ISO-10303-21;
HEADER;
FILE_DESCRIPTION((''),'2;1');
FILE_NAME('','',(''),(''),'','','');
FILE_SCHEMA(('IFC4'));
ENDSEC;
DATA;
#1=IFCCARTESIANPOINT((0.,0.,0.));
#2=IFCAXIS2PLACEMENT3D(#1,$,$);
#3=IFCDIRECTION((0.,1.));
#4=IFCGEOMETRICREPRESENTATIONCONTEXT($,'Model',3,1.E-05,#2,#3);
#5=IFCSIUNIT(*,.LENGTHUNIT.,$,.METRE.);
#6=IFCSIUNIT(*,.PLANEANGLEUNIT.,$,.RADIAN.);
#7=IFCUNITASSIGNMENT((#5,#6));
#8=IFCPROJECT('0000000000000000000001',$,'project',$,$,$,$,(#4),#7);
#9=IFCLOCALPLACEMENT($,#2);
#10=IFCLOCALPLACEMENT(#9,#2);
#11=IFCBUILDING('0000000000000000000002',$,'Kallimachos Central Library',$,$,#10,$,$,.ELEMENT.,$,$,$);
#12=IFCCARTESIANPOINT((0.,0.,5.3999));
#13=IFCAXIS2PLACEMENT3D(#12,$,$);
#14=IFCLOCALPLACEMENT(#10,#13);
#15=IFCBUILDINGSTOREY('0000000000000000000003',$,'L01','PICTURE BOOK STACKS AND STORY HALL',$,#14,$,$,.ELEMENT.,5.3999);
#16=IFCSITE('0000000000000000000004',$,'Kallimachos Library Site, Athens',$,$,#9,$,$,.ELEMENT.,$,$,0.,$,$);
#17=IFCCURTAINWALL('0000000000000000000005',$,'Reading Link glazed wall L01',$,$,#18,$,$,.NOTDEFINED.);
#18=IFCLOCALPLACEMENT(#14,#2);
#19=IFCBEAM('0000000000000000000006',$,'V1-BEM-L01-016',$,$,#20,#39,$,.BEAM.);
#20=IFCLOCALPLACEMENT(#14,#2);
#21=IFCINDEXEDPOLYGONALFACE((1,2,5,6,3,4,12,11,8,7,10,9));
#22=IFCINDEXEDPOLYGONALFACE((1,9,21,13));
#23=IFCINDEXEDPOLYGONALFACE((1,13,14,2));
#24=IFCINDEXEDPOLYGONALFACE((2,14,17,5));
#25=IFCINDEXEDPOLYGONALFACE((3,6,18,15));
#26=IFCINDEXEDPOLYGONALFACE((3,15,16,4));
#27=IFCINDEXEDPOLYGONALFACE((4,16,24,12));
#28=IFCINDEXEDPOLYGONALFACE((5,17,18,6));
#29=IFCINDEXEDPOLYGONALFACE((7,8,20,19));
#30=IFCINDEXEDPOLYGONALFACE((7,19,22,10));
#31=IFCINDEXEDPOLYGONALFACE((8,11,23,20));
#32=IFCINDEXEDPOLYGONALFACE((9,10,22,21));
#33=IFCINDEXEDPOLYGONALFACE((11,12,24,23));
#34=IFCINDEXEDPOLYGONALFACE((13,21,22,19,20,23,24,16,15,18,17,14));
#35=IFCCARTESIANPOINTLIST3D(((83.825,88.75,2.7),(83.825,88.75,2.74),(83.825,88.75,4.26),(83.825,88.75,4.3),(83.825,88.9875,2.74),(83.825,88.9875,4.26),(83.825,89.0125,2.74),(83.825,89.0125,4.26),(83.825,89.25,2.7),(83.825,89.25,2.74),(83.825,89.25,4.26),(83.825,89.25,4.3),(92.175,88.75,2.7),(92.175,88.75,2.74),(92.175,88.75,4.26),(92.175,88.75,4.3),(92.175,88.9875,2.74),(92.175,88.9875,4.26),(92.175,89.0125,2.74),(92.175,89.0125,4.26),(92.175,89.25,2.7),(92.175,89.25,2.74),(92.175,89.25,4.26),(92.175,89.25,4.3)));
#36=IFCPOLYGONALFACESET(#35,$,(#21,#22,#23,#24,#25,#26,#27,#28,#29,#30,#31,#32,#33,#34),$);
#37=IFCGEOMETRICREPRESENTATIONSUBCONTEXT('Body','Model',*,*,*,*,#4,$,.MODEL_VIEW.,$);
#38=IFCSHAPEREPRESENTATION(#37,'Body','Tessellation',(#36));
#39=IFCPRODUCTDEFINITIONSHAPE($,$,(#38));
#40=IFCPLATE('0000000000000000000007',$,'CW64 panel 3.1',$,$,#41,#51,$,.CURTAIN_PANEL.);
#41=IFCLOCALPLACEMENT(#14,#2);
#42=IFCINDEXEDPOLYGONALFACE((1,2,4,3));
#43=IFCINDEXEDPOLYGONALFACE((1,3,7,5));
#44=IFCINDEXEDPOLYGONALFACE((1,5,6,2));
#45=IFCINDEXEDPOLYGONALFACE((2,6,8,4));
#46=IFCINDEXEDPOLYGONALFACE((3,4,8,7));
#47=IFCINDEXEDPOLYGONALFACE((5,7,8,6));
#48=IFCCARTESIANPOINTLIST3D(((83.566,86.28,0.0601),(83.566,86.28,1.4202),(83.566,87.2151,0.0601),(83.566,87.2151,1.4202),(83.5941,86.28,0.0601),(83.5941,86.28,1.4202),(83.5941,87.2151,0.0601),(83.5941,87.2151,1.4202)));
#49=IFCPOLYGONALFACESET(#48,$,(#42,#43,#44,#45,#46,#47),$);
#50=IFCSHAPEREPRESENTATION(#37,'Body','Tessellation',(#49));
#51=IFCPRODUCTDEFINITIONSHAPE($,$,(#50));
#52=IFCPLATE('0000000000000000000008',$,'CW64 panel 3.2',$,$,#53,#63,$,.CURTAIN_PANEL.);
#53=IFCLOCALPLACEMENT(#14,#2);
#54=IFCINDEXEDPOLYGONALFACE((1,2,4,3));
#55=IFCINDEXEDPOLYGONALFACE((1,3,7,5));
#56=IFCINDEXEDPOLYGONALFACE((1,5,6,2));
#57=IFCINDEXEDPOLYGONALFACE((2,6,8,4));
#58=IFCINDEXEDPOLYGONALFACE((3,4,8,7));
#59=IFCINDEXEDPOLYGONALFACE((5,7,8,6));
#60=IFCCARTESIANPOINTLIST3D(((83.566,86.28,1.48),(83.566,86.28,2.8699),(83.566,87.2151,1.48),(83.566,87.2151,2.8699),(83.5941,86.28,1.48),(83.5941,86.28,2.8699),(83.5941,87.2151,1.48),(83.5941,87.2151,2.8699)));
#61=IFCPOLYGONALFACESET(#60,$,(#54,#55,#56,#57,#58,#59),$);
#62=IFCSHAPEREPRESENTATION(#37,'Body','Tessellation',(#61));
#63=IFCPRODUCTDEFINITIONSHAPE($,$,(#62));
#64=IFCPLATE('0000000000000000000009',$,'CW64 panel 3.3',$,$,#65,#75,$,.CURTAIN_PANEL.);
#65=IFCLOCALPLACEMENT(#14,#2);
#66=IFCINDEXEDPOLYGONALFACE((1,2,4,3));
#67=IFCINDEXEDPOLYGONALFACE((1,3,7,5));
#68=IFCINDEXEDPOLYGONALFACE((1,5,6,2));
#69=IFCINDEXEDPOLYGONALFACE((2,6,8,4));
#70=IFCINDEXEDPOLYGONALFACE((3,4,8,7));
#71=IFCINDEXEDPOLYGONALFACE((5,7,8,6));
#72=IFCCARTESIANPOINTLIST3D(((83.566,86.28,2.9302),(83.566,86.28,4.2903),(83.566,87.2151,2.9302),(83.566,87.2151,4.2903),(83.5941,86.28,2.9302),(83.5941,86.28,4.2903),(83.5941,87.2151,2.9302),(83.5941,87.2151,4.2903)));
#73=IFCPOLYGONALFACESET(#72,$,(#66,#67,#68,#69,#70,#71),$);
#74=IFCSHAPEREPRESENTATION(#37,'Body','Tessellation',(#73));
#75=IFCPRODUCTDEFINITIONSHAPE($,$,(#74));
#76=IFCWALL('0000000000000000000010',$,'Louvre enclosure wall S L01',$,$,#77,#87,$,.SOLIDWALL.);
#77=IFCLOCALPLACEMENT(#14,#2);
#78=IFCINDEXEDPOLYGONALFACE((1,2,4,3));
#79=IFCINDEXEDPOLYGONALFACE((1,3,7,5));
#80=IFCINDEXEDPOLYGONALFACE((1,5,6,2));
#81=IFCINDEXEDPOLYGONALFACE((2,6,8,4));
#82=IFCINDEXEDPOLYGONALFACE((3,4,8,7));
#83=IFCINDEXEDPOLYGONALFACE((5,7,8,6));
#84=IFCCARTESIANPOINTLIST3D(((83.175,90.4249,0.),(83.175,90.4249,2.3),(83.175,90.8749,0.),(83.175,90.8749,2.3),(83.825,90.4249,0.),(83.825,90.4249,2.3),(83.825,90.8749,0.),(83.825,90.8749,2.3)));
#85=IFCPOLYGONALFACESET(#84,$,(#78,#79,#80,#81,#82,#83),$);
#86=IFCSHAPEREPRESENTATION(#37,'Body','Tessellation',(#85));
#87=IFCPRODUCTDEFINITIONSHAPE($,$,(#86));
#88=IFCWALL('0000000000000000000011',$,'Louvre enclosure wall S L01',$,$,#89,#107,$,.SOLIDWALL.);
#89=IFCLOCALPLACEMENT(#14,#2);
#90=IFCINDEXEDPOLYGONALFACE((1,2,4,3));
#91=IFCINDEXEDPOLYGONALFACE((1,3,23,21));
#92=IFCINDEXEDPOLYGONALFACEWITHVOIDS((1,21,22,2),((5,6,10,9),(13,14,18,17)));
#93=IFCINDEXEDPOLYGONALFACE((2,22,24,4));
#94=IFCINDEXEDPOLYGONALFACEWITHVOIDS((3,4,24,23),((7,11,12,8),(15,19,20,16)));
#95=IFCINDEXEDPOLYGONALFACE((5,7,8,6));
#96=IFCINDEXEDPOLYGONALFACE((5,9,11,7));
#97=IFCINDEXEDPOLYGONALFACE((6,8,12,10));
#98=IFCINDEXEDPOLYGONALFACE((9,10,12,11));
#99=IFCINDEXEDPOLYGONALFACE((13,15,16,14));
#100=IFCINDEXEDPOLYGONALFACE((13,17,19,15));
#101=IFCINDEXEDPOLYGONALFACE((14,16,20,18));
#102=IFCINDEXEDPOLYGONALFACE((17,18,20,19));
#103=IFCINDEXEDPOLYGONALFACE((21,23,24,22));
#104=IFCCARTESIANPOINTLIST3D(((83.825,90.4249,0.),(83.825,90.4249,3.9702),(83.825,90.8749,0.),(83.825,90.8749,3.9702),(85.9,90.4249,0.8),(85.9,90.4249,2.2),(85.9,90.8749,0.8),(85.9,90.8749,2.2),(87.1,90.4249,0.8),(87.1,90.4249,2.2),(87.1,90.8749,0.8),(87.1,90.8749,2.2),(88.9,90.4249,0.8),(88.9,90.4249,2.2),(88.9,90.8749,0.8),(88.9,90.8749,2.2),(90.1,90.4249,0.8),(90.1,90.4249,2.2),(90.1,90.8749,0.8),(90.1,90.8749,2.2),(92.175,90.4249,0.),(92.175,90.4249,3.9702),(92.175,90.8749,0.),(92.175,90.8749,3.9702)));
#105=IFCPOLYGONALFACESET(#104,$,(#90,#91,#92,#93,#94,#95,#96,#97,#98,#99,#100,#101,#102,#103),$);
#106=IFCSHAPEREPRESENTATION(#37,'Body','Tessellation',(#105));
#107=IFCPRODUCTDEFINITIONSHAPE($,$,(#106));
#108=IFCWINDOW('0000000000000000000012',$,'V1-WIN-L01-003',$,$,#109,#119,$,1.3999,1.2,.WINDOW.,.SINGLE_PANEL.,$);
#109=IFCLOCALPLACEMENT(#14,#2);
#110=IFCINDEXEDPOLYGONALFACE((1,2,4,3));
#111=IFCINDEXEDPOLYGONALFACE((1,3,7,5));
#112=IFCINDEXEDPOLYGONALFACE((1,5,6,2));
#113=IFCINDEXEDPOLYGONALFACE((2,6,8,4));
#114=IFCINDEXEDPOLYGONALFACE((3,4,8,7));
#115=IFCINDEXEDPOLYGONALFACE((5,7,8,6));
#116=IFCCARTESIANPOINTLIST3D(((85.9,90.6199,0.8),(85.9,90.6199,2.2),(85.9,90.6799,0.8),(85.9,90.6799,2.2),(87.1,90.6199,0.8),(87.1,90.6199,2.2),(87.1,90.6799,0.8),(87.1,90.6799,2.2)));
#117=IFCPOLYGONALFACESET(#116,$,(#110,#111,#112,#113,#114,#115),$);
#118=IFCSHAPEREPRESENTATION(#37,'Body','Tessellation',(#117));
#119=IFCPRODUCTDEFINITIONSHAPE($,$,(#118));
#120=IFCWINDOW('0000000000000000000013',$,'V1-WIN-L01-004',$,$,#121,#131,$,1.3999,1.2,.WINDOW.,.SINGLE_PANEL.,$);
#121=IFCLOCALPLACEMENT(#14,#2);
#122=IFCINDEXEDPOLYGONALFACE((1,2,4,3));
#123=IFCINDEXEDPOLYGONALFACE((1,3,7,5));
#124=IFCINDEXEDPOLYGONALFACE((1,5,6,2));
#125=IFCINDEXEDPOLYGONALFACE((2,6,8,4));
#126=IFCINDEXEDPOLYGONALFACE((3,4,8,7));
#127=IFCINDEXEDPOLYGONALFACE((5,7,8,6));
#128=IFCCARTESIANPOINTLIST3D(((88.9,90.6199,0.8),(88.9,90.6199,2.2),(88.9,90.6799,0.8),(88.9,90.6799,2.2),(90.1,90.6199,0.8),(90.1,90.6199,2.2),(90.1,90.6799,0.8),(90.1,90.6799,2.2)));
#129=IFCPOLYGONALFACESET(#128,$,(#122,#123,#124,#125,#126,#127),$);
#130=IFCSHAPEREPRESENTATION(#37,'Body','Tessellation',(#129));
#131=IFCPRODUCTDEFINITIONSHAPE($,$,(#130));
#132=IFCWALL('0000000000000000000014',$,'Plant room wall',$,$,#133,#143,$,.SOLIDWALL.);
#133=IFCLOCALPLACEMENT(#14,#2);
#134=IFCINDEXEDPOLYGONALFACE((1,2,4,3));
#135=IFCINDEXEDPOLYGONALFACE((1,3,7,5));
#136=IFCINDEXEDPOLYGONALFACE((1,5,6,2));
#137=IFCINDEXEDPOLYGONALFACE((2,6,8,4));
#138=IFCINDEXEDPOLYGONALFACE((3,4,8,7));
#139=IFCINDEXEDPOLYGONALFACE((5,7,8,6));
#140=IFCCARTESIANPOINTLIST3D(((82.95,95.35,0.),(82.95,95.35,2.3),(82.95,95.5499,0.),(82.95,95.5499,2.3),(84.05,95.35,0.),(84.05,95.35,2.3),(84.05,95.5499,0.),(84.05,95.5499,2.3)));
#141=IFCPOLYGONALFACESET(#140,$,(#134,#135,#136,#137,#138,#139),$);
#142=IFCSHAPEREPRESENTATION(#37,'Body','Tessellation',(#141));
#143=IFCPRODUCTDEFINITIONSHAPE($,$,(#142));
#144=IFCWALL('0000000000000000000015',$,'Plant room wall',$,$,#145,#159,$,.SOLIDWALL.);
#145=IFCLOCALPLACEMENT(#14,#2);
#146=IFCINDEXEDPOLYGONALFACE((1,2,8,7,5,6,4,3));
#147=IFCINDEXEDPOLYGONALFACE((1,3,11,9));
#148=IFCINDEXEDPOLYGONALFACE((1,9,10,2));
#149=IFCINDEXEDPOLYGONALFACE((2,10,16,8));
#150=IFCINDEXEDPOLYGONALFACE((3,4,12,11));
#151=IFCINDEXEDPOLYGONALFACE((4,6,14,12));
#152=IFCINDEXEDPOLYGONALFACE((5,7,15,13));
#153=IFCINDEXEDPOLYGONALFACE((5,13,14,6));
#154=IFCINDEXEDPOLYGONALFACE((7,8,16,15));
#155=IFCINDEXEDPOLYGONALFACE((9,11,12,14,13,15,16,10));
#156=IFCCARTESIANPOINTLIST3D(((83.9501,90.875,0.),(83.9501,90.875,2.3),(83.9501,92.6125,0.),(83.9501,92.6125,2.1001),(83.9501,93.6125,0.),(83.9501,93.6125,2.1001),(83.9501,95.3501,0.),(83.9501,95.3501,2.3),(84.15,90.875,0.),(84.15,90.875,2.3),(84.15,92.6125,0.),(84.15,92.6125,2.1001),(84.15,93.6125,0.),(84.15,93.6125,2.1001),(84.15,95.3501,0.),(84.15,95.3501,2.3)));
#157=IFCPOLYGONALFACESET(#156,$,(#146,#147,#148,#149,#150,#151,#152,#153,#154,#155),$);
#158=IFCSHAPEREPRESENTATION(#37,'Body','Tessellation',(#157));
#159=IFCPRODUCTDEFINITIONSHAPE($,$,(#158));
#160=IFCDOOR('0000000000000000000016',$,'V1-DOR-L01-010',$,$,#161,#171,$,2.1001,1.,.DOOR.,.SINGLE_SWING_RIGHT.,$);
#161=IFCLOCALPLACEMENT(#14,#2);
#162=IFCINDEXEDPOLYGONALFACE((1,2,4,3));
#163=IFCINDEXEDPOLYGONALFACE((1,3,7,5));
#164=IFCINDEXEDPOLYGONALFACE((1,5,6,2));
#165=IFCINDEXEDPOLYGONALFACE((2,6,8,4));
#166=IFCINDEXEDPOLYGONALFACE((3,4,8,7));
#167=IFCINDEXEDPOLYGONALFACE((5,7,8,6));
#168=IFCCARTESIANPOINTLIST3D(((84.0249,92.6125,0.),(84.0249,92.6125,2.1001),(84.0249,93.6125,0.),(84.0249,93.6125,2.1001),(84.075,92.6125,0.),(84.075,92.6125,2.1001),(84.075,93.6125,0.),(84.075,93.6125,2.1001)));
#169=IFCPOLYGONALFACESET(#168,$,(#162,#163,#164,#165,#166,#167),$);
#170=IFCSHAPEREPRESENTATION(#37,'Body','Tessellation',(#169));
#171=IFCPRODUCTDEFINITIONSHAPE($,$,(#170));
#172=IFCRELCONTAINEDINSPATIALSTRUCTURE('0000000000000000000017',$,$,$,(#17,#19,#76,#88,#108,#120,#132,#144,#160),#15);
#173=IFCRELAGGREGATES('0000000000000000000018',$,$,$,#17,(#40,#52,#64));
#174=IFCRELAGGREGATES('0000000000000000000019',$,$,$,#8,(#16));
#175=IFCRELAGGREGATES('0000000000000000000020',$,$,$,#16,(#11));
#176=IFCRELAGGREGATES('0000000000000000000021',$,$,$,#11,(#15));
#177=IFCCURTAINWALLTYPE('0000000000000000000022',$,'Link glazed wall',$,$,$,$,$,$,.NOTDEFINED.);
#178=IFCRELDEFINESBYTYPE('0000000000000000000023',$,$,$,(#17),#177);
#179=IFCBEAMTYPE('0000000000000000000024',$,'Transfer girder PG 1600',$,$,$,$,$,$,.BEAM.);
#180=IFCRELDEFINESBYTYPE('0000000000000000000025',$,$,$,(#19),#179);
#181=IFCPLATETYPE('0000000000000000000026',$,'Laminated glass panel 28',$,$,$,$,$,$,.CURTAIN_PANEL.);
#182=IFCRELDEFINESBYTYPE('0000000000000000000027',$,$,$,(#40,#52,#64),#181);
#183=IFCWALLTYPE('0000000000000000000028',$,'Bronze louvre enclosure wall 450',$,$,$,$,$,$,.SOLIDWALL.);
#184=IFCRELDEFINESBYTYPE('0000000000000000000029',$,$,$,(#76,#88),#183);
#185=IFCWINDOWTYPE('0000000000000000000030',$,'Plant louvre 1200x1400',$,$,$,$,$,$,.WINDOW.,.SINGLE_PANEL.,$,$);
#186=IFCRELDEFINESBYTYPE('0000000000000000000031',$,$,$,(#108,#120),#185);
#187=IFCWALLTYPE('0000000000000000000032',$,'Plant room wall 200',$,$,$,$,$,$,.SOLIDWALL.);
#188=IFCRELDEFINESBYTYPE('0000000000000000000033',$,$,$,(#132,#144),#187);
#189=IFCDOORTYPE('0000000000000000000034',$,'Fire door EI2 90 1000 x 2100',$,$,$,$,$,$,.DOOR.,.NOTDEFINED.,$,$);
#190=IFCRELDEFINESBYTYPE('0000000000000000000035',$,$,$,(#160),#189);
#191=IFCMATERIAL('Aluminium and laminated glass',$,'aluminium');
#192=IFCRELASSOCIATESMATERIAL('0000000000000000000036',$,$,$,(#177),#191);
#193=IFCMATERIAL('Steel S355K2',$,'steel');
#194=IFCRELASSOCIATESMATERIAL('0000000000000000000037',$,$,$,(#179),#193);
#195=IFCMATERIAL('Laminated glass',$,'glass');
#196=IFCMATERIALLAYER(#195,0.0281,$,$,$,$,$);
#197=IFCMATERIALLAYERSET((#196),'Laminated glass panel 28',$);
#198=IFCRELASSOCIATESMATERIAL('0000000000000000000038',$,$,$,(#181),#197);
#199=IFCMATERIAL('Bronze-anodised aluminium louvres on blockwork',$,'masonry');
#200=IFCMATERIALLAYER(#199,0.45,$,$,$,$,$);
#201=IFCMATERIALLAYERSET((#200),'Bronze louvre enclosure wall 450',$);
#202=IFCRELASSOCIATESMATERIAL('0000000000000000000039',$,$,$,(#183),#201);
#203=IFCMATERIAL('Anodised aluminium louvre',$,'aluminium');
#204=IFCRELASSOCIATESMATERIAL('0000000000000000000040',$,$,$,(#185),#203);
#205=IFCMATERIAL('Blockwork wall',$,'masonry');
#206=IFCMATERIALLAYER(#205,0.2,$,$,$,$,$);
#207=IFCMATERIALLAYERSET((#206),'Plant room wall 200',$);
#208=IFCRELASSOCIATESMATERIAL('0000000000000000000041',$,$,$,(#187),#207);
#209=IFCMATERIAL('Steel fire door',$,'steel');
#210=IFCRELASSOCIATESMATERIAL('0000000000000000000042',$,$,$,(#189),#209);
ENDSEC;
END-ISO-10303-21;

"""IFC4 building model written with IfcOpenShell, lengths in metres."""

from ifc_helpers import new_model, si_unit, direction, frame, frame_2d, origin, origin_2d, place, context, subcontext, project, spatial, rectangle, i_section, extrude, material, layer, layer_set, material_profile, profile_set, type_object, element, fill, aggregate, save


model = new_model("IFC4")

# Units and contexts
model_context = context("Model", 3, precision=1e-05, world=origin(), true_north=direction((0.0, 1.0)))
body_context = subcontext(model_context, "Body", "Model", "MODEL_VIEW")
ifc_project = project(units=[si_unit("LENGTHUNIT", "METRE"), si_unit("PLANEANGLEUNIT", "RADIAN")], contexts=[model_context])

# Site, building, storey
site_placement = place(None, origin())
site = spatial("IfcSite", under=ifc_project, at=site_placement, Name="Kallimachos Library Site, Athens", CompositionType="ELEMENT", RefElevation=0.0)
building_placement = place(site_placement, origin())
building = spatial("IfcBuilding", under=site, at=building_placement, Name="Kallimachos Central Library", CompositionType="ELEMENT")
storey_placement = place(building_placement, frame((0.0, 0.0, 5.3999)))
storey = spatial("IfcBuildingStorey", under=building, at=storey_placement, Name="L01", Description="PICTURE BOOK STACKS AND STORY HALL", CompositionType="ELEMENT", Elevation=5.3999)

# Curtain wall
ifc_material_1 = material(Name="Aluminium and laminated glass", Category="aluminium")
curtain_wall_type = type_object("IfcCurtainWallType", Name="Link glazed wall", PredefinedType="NOTDEFINED", material=ifc_material_1)
curtain_wall_placement = place(storey_placement, origin())
curtain_wall = element("IfcCurtainWall", 1, at=curtain_wall_placement, inside=storey, type_object=curtain_wall_type, Name="Reading Link glazed wall L01", PredefinedType="NOTDEFINED")

# Beam
ifc_material_2 = material(Name="Steel S355K2", Category="steel")
ifc_material_profile_1 = material_profile(ifc_material_2, i_section(OverallWidth=0.5, OverallDepth=1.6001, WebThickness=0.0249, FlangeThickness=0.04, at=origin_2d()), Name="PG 1600x500-25/40")
ifc_profile_set_1 = profile_set([ifc_material_profile_1], Name="Steel S355K2")
beam_type_1 = type_object("IfcBeamType", Name="Transfer girder PG 1600", PredefinedType="BEAM", material=ifc_profile_set_1)
beam_1_placement = place(storey_placement, frame((83.825, 89.0, 3.5), z_axis=(1.0, 0.0, 0.0), x_axis=(0.0, 1.0, 0.0)))
element("IfcBeam", 2, at=beam_1_placement, inside=storey, type_object=beam_type_1, Name="V1-BEM-L01-016", PredefinedType="BEAM", context=body_context, shape_type="SweptSolid", body=[
    extrude(i_section(OverallWidth=0.5, OverallDepth=1.6001, WebThickness=0.0249, FlangeThickness=0.04, at=origin_2d()), origin(), (0.0, 0.0, 1.0), 8.3501),
])

# Plates
ifc_material_3 = material(Name="Laminated glass", Category="glass")
ifc_layer_1 = layer(ifc_material_3, 0.0281)
ifc_layer_set_1 = layer_set([ifc_layer_1], Name="Laminated glass panel 28")
plate_type = type_object("IfcPlateType", Name="Laminated glass panel 28", PredefinedType="CURTAIN_PANEL", material=ifc_layer_set_1)
plate_1_placement = place(storey_placement, frame((83.5801, 86.7476, 0.0601), z_axis=(0.0, 0.0, 1.0), x_axis=(0.0, 1.0, 0.0)))
plate_1 = element("IfcPlate", 3, at=plate_1_placement, type_object=plate_type, Name="CW64 panel 3.1", PredefinedType="CURTAIN_PANEL", context=body_context, shape_type="SweptSolid", body=[
    extrude(rectangle(XDim=0.9351, YDim=0.0281, at=origin_2d()), origin(), (0.0, 0.0, 1.0), 1.3601),
])
plate_2_placement = place(storey_placement, frame((83.5801, 86.7476, 1.48), z_axis=(0.0, 0.0, 1.0), x_axis=(0.0, 1.0, 0.0)))
plate_2 = element("IfcPlate", 4, at=plate_2_placement, type_object=plate_type, Name="CW64 panel 3.2", PredefinedType="CURTAIN_PANEL", context=body_context, shape_type="SweptSolid", body=[
    extrude(rectangle(XDim=0.9351, YDim=0.0281, at=origin_2d()), origin(), (0.0, 0.0, 1.0), 1.3899),
])
plate_3_placement = place(storey_placement, frame((83.5801, 86.7476, 2.9302), z_axis=(0.0, 0.0, 1.0), x_axis=(0.0, 1.0, 0.0)))
plate_3 = element("IfcPlate", 5, at=plate_3_placement, type_object=plate_type, Name="CW64 panel 3.3", PredefinedType="CURTAIN_PANEL", context=body_context, shape_type="SweptSolid", body=[
    extrude(rectangle(XDim=0.9351, YDim=0.0281, at=origin_2d()), origin(), (0.0, 0.0, 1.0), 1.3601),
])
aggregate(curtain_wall, [plate_1, plate_2, plate_3])

# Wall
ifc_material_4 = material(Name="Bronze-anodised aluminium louvres on blockwork", Category="masonry")
ifc_layer_2 = layer(ifc_material_4, 0.45)
ifc_layer_set_2 = layer_set([ifc_layer_2], Name="Bronze louvre enclosure wall 450")
wall_type_1 = type_object("IfcWallType", Name="Bronze louvre enclosure wall 450", PredefinedType="SOLIDWALL", material=ifc_layer_set_2)
wall_1_placement = place(storey_placement, frame((83.175, 90.6499, 0.0), z_axis=(0.0, 0.0, 1.0), x_axis=(1.0, 0.0, 0.0)))
element("IfcWall", 6, at=wall_1_placement, inside=storey, type_object=wall_type_1, Name="Louvre enclosure wall S L01", PredefinedType="SOLIDWALL", context=body_context, shape_type="SweptSolid", body=[
    extrude(rectangle(XDim=0.6499, YDim=0.45, at=frame_2d((0.325, 0.0))), origin(), (0.0, 0.0, 1.0), 2.3),
])

# Wall, openings, windows
wall_2_placement = place(storey_placement, frame((83.825, 90.6499, 0.0), z_axis=(0.0, 0.0, 1.0), x_axis=(1.0, 0.0, 0.0)))
wall_2 = element("IfcWall", 7, at=wall_2_placement, inside=storey, type_object=wall_type_1, Name="Louvre enclosure wall S L01", PredefinedType="SOLIDWALL", context=body_context, shape_type="SweptSolid", body=[
    extrude(rectangle(XDim=8.3501, YDim=0.45, at=frame_2d((4.175, 0.0))), origin(), (0.0, 0.0, 1.0), 3.9702),
])
opening_1_placement = place(wall_2_placement, frame((2.075, 0.0, 0.8)))
opening_1 = element("IfcOpeningElement", 8, at=opening_1_placement, cuts=wall_2, PredefinedType="OPENING", context=body_context, shape_type="SweptSolid", body=[
    extrude(rectangle(XDim=1.2, YDim=1.3999, at=frame_2d((0.6001, 0.7))), frame((0.0, 0.2349, 0.0), z_axis=(0.0, -1.0, 0.0), x_axis=(1.0, 0.0, 0.0)), (0.0, 0.0, 1.0), 0.47),
])
opening_2_placement = place(wall_2_placement, frame((5.075, 0.0, 0.8)))
opening_2 = element("IfcOpeningElement", 9, at=opening_2_placement, cuts=wall_2, PredefinedType="OPENING", context=body_context, shape_type="SweptSolid", body=[
    extrude(rectangle(XDim=1.2, YDim=1.3999, at=frame_2d((0.6001, 0.7))), frame((0.0, 0.2349, 0.0), z_axis=(0.0, -1.0, 0.0), x_axis=(1.0, 0.0, 0.0)), (0.0, 0.0, 1.0), 0.47),
])
ifc_material_5 = material(Name="Anodised aluminium louvre", Category="aluminium")
window_type = type_object("IfcWindowType", Name="Plant louvre 1200x1400", PartitioningType="SINGLE_PANEL", PredefinedType="WINDOW", material=ifc_material_5)
window_1_placement = place(opening_1_placement, origin())
window_1 = element("IfcWindow", 10, at=window_1_placement, inside=storey, type_object=window_type, Name="V1-WIN-L01-003", OverallHeight=1.3999, OverallWidth=1.2, PartitioningType="SINGLE_PANEL", PredefinedType="WINDOW", context=body_context, shape_type="SweptSolid", body=[
    extrude(rectangle(XDim=1.2, YDim=1.3999, at=frame_2d((0.6001, 0.7))), frame((0.0, 0.03, 0.0), z_axis=(0.0, -1.0, 0.0), x_axis=(1.0, 0.0, 0.0)), (0.0, 0.0, 1.0), 0.0601),
])
fill(opening_1, window_1)
window_2_placement = place(opening_2_placement, origin())
window_2 = element("IfcWindow", 11, at=window_2_placement, inside=storey, type_object=window_type, Name="V1-WIN-L01-004", OverallHeight=1.3999, OverallWidth=1.2, PartitioningType="SINGLE_PANEL", PredefinedType="WINDOW", context=body_context, shape_type="SweptSolid", body=[
    extrude(rectangle(XDim=1.2, YDim=1.3999, at=frame_2d((0.6001, 0.7))), frame((0.0, 0.03, 0.0), z_axis=(0.0, -1.0, 0.0), x_axis=(1.0, 0.0, 0.0)), (0.0, 0.0, 1.0), 0.0601),
])
fill(opening_2, window_2)

# Wall
ifc_material_6 = material(Name="Blockwork wall", Category="masonry")
ifc_layer_3 = layer(ifc_material_6, 0.2)
ifc_layer_set_3 = layer_set([ifc_layer_3], Name="Plant room wall 200")
wall_type_2 = type_object("IfcWallType", Name="Plant room wall 200", PredefinedType="SOLIDWALL", material=ifc_layer_set_3)
wall_3_placement = place(storey_placement, frame((82.95, 95.45, 0.0), z_axis=(0.0, 0.0, 1.0), x_axis=(1.0, 0.0, 0.0)))
element("IfcWall", 12, at=wall_3_placement, inside=storey, type_object=wall_type_2, Name="Plant room wall", PredefinedType="SOLIDWALL", context=body_context, shape_type="SweptSolid", body=[
    extrude(rectangle(XDim=1.1001, YDim=0.2, at=frame_2d((0.55, 0.0))), origin(), (0.0, 0.0, 1.0), 2.3),
])

# Wall, opening, door
wall_4_placement = place(storey_placement, frame((84.05, 95.3501, 0.0), z_axis=(0.0, 0.0, 1.0), x_axis=(0.0, -1.0, 0.0)))
wall_4 = element("IfcWall", 13, at=wall_4_placement, inside=storey, type_object=wall_type_2, Name="Plant room wall", PredefinedType="SOLIDWALL", context=body_context, shape_type="SweptSolid", body=[
    extrude(rectangle(XDim=4.4751, YDim=0.2, at=frame_2d((2.2375, 0.0))), origin(), (0.0, 0.0, 1.0), 2.3),
])
opening_3_placement = place(wall_4_placement, frame((1.7375, 0.0, 0.0)))
opening_3 = element("IfcOpeningElement", 14, at=opening_3_placement, cuts=wall_4, PredefinedType="OPENING", context=body_context, shape_type="SweptSolid", body=[
    extrude(rectangle(XDim=1.0, YDim=2.1001, at=frame_2d((0.5, 1.05))), frame((0.0, 0.1099, 0.0), z_axis=(0.0, -1.0, 0.0), x_axis=(1.0, 0.0, 0.0)), (0.0, 0.0, 1.0), 0.22),
])
ifc_material_7 = material(Name="Steel fire door", Category="steel")
door_type = type_object("IfcDoorType", Name="Fire door EI2 90 1000 x 2100", OperationType="NOTDEFINED", PredefinedType="DOOR", material=ifc_material_7)
door_placement = place(opening_3_placement, origin())
door = element("IfcDoor", 15, at=door_placement, inside=storey, type_object=door_type, Name="V1-DOR-L01-010", OperationType="SINGLE_SWING_RIGHT", OverallHeight=2.1001, OverallWidth=1.0, PredefinedType="DOOR", context=body_context, shape_type="SweptSolid", body=[
    extrude(rectangle(XDim=1.0, YDim=2.1001, at=frame_2d((0.5, 1.05))), frame((0.0, 0.0249, 0.0), z_axis=(0.0, -1.0, 0.0), x_axis=(1.0, 0.0, 0.0)), (0.0, 0.0, 1.0), 0.05),
])
fill(opening_3, door)

save(model, "model.ifc")
